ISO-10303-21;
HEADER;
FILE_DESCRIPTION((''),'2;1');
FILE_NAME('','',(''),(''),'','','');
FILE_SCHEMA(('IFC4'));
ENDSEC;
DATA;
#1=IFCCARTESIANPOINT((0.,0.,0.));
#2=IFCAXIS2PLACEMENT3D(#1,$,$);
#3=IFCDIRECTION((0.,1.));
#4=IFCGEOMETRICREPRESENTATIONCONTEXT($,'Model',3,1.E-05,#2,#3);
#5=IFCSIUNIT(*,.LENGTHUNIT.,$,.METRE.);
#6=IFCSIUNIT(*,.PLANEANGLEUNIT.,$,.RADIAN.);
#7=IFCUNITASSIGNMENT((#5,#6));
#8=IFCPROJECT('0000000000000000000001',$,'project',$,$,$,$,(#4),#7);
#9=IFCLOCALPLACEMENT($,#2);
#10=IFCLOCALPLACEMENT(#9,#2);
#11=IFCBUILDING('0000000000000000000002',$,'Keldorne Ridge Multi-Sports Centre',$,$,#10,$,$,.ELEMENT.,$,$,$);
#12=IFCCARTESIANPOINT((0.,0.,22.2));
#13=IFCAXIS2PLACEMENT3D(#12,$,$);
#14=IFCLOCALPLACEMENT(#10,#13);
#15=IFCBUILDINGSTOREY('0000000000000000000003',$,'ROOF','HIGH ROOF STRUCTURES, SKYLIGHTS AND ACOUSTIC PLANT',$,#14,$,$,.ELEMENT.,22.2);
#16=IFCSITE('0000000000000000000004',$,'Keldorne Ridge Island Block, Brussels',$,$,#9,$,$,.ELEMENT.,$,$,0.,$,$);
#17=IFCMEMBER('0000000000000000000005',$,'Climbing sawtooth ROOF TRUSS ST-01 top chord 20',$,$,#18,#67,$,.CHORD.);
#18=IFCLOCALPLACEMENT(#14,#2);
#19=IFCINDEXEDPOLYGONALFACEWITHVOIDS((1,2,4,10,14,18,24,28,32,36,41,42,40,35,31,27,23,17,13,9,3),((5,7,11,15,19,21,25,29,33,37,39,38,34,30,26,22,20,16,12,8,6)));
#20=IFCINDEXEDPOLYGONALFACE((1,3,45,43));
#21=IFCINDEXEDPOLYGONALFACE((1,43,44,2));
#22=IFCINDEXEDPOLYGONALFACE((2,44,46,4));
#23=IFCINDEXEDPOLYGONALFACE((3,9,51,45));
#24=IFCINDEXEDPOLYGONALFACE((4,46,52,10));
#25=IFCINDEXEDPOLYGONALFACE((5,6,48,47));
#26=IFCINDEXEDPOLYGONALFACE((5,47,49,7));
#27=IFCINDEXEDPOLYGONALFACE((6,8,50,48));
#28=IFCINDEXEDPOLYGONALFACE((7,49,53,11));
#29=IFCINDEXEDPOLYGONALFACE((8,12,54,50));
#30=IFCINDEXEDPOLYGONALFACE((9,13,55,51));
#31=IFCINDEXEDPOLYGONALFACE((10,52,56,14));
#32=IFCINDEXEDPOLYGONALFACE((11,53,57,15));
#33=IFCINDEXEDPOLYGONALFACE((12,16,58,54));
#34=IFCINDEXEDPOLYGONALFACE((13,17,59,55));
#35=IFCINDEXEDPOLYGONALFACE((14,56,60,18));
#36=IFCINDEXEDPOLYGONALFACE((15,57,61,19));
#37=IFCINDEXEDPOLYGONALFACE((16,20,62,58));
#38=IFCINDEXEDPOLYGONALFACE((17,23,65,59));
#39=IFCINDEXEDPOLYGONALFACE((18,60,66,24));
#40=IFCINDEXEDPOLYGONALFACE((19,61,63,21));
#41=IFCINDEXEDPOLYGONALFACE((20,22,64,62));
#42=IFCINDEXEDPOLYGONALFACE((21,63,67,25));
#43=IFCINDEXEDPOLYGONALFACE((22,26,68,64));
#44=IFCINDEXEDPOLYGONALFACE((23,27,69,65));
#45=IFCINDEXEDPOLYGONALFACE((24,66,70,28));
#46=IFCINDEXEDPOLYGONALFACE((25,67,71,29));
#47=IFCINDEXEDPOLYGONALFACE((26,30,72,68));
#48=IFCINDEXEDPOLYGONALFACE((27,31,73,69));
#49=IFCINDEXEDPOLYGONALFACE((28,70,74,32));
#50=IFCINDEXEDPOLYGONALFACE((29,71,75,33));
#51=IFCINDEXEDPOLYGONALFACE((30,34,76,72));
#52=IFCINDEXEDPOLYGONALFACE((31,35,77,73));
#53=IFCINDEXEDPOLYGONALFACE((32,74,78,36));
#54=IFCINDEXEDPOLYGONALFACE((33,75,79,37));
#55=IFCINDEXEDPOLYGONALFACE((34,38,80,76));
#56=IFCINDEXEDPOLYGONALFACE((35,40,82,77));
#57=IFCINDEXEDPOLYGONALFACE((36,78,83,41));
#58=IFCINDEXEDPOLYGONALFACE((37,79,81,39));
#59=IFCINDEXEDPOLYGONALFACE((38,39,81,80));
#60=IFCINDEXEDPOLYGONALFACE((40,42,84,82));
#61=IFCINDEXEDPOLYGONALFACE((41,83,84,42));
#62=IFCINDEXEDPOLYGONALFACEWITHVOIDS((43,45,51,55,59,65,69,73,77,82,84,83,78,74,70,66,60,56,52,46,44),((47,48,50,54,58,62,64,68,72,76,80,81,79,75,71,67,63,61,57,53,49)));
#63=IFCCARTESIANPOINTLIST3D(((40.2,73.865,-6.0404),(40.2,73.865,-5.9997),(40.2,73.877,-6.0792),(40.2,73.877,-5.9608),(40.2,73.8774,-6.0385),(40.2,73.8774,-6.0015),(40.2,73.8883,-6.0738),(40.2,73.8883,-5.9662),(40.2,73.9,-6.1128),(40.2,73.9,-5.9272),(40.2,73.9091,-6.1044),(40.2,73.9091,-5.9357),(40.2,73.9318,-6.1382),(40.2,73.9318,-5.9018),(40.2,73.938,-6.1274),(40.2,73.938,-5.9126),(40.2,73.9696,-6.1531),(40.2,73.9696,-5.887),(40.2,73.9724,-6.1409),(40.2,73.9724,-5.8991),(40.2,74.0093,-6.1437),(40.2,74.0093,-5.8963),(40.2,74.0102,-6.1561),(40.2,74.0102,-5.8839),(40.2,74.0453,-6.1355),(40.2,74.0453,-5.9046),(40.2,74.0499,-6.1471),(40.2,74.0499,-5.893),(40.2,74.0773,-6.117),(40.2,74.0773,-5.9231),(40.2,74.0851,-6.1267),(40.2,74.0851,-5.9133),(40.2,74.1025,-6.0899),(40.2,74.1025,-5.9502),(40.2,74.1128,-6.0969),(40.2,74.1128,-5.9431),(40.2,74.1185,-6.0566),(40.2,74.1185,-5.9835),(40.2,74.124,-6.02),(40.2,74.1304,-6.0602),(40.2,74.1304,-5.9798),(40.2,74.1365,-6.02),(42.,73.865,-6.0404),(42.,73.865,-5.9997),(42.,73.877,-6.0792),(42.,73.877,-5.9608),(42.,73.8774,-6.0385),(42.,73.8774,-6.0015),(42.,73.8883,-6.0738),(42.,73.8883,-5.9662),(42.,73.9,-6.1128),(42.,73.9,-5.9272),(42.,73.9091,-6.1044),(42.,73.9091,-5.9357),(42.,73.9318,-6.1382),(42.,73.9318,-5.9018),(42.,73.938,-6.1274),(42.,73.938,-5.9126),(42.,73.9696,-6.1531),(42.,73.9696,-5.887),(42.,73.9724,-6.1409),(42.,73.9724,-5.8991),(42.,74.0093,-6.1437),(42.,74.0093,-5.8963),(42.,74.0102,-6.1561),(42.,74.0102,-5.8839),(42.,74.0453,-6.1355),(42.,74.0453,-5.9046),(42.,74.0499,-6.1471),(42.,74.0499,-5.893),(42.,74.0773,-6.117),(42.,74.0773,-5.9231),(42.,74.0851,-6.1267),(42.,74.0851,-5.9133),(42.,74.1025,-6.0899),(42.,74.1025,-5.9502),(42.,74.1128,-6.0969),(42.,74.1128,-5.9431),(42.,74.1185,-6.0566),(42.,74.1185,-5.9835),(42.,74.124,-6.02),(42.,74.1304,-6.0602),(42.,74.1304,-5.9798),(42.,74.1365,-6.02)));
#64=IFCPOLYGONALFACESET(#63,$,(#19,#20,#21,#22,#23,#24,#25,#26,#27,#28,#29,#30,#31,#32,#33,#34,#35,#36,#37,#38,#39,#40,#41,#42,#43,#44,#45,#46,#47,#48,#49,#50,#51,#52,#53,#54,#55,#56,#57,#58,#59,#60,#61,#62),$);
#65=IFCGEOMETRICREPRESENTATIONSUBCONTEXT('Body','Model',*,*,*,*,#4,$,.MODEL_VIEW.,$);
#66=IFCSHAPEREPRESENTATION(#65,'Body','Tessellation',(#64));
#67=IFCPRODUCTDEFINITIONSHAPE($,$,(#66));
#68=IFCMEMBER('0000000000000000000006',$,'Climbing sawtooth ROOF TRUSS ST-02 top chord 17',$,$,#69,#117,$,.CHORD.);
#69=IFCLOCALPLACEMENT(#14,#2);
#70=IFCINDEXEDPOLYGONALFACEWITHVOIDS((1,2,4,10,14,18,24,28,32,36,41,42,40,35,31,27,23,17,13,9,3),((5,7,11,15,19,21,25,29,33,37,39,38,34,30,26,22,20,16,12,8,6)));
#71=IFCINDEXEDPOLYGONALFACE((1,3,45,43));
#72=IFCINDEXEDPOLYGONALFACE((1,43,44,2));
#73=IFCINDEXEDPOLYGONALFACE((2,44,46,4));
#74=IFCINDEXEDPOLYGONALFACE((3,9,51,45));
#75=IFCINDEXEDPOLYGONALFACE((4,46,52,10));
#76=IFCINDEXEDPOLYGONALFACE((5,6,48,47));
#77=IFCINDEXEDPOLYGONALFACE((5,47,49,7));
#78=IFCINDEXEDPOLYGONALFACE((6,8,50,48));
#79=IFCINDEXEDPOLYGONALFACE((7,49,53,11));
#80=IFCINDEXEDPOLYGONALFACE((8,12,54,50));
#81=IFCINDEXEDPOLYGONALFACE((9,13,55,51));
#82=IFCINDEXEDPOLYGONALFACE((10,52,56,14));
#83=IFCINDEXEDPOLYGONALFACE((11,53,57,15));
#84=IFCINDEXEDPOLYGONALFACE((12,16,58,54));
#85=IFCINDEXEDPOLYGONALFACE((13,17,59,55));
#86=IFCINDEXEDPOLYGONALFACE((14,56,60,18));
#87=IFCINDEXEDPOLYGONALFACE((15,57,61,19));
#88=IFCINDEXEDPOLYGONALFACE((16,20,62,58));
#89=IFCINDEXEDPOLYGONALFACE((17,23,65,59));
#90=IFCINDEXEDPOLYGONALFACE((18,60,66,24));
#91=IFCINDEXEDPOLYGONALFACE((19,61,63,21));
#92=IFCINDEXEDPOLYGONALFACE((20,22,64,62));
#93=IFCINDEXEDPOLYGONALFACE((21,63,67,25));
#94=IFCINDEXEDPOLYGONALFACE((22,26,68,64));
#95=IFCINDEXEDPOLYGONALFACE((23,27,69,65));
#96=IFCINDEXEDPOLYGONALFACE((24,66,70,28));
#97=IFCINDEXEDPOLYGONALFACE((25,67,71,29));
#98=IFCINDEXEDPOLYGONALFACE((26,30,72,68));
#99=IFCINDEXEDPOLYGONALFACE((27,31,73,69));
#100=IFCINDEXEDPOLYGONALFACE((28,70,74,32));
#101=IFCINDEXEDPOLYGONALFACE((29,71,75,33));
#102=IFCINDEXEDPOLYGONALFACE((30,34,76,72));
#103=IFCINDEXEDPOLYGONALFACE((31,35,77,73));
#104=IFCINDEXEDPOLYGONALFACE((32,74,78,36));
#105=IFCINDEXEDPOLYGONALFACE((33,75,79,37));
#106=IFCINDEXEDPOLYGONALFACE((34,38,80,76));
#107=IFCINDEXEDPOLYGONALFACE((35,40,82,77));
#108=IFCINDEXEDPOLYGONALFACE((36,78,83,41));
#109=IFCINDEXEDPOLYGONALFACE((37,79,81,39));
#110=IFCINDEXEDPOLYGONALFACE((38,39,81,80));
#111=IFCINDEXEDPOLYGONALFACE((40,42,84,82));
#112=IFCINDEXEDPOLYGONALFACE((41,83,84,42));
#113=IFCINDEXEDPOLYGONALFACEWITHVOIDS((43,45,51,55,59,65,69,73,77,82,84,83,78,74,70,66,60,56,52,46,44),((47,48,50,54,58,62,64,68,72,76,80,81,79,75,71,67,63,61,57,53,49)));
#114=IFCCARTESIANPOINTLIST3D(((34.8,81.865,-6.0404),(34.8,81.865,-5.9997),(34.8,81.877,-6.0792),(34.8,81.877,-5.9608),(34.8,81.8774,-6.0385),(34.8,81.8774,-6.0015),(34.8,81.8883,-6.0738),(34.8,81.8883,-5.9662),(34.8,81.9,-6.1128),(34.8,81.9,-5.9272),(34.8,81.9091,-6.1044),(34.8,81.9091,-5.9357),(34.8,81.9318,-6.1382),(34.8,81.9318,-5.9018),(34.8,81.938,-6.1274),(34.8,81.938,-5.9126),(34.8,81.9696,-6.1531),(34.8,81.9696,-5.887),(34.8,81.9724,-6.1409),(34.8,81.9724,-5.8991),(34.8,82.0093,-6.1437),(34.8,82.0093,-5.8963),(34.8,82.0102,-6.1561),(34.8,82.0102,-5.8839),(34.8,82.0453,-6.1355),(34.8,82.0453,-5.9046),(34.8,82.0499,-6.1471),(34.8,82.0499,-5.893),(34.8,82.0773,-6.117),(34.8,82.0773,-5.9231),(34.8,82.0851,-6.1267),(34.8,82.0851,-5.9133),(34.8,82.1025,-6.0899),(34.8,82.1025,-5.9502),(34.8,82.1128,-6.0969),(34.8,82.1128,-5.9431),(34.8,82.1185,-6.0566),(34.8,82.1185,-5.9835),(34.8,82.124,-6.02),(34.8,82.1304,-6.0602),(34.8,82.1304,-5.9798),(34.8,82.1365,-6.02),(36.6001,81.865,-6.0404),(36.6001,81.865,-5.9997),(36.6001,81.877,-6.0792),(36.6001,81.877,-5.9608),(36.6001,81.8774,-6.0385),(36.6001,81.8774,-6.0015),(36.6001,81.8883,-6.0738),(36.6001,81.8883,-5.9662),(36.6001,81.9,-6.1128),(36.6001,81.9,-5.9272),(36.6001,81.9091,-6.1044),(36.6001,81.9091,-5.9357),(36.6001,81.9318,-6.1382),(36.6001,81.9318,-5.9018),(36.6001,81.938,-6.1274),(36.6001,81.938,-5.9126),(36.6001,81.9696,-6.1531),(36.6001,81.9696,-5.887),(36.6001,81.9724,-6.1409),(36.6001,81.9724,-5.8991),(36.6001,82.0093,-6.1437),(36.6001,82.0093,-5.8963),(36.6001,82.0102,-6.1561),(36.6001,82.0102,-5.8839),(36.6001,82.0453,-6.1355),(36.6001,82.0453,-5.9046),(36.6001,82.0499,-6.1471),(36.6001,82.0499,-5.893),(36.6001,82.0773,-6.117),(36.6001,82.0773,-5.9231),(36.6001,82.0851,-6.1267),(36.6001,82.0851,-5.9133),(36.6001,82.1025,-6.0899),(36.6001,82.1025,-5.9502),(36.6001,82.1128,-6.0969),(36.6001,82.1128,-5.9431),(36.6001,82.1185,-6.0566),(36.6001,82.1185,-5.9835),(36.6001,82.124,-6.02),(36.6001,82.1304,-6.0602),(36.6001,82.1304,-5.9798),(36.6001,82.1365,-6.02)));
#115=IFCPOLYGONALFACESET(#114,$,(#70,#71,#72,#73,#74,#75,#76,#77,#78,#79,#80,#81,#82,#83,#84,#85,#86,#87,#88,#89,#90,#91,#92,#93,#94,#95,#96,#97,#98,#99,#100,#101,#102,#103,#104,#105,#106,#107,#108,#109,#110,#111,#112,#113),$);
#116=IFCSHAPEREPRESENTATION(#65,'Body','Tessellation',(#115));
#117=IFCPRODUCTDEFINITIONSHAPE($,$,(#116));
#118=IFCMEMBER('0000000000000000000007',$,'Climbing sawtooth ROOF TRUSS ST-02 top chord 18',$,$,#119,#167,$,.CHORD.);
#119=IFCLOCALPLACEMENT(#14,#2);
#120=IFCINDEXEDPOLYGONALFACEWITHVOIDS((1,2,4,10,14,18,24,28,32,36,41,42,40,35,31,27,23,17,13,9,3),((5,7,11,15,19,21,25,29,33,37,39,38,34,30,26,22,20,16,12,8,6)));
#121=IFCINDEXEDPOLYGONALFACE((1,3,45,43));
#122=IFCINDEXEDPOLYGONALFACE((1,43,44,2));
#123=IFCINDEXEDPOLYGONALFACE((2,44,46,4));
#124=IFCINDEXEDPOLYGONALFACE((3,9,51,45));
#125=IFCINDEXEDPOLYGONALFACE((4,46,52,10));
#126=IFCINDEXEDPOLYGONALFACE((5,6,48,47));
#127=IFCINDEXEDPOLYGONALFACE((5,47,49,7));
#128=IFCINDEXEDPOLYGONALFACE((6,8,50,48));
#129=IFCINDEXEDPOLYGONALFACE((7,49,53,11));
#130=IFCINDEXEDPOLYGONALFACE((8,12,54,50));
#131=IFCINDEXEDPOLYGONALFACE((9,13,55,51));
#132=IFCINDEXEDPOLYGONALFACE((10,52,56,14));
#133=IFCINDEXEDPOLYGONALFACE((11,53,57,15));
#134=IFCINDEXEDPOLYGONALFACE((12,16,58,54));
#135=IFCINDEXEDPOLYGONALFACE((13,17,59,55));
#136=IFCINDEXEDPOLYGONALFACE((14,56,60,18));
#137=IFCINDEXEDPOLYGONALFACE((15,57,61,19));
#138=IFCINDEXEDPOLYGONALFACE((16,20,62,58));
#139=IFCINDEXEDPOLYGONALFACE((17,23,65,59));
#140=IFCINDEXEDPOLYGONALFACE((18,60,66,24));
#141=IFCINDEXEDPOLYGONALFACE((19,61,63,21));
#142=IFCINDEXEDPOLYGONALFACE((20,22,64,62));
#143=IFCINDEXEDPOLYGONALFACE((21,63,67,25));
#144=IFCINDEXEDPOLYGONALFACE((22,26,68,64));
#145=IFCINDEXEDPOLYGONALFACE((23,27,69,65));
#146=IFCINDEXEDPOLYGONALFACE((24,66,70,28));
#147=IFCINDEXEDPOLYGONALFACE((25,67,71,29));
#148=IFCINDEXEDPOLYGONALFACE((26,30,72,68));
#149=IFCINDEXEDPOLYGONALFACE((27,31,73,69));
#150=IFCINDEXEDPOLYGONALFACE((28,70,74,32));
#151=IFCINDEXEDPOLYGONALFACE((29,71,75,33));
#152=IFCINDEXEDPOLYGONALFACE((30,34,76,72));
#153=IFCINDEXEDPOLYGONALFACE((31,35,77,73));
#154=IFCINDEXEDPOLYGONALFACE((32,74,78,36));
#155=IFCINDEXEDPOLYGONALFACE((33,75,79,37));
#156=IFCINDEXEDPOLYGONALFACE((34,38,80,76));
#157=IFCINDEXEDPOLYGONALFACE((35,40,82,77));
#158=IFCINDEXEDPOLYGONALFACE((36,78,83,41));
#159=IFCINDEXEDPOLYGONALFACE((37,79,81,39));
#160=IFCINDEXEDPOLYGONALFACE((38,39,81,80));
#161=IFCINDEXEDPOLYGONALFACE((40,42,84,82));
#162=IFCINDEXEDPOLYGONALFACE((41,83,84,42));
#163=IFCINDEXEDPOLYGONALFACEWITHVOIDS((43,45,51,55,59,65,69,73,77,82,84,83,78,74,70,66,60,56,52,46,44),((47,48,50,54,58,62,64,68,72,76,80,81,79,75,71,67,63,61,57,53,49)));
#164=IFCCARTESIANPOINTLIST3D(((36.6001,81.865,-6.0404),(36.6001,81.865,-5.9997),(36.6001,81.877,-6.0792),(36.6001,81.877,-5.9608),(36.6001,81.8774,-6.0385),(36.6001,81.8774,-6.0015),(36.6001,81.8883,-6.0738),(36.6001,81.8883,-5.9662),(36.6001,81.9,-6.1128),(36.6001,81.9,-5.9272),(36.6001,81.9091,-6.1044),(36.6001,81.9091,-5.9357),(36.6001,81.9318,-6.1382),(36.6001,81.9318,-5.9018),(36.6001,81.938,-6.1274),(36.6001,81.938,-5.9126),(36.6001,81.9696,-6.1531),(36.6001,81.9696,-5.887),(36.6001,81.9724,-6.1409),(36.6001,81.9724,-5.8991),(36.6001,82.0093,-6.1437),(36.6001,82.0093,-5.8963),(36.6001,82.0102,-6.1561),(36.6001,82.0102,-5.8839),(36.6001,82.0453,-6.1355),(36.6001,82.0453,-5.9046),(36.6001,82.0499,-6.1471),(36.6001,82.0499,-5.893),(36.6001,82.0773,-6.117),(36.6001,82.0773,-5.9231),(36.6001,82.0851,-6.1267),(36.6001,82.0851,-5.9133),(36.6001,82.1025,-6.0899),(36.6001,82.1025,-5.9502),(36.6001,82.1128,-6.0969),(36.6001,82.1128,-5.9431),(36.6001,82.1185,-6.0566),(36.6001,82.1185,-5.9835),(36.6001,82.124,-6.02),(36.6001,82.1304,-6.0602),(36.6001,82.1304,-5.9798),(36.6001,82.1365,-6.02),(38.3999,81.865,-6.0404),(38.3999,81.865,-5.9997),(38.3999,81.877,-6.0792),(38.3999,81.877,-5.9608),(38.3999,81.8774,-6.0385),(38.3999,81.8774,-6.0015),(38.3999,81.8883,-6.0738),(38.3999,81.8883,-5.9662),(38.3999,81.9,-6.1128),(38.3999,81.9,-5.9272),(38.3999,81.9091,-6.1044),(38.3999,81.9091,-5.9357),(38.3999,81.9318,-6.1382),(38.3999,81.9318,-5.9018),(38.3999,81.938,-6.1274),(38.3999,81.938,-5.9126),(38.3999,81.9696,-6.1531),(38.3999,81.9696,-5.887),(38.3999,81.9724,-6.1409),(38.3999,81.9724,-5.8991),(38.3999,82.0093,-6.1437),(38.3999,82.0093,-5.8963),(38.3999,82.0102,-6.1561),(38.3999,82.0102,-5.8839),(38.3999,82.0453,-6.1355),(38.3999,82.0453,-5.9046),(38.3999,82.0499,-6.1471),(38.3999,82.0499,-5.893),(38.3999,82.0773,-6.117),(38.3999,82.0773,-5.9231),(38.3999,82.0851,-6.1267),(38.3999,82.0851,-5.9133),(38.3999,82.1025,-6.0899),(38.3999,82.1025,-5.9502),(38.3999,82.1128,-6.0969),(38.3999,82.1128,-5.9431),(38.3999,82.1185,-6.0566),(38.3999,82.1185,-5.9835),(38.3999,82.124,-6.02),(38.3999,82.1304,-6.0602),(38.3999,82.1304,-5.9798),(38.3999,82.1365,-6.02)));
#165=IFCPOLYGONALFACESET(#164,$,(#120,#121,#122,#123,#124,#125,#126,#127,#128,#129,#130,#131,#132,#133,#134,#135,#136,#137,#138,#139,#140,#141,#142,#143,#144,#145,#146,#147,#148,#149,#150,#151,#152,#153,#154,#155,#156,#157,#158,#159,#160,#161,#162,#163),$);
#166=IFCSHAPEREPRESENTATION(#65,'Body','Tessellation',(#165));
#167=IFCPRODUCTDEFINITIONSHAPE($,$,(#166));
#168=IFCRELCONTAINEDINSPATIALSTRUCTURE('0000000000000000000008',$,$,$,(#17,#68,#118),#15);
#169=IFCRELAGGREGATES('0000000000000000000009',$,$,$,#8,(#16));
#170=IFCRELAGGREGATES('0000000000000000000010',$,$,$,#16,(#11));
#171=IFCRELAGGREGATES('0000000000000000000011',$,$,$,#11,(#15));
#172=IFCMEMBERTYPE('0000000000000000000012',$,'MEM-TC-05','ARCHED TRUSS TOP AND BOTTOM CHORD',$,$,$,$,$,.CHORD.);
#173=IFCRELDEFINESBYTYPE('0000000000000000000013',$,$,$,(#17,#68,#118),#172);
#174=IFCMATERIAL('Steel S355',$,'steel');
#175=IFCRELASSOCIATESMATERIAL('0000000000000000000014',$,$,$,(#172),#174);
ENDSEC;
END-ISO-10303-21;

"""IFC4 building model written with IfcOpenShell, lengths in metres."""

from ifc_helpers import new_model, si_unit, direction, frame, origin, origin_2d, place, context, subcontext, project, spatial, hollow_circle, extrude, material, material_profile, profile_set, type_object, element, save


model = new_model("IFC4")

# Units and contexts
model_context = context("Model", 3, precision=1e-05, world=origin(), true_north=direction((0.0, 1.0)))
body_context = subcontext(model_context, "Body", "Model", "MODEL_VIEW")
ifc_project = project(units=[si_unit("LENGTHUNIT", "METRE"), si_unit("PLANEANGLEUNIT", "RADIAN")], contexts=[model_context])

# Site, building, storey
site_placement = place(None, origin())
site = spatial("IfcSite", under=ifc_project, at=site_placement, Name="Keldorne Ridge Island Block, Brussels", CompositionType="ELEMENT", RefElevation=0.0)
building_placement = place(site_placement, origin())
building = spatial("IfcBuilding", under=site, at=building_placement, Name="Keldorne Ridge Multi-Sports Centre", CompositionType="ELEMENT")
storey_placement = place(building_placement, frame((0.0, 0.0, 22.2)))
storey = spatial("IfcBuildingStorey", under=building, at=storey_placement, Name="ROOF", Description="HIGH ROOF STRUCTURES, SKYLIGHTS AND ACOUSTIC PLANT", CompositionType="ELEMENT", Elevation=22.2)

# Shared definitions
ifc_material_1 = material(Name="Steel S355", Category="steel")

# Members
ifc_material_profile_1 = material_profile(ifc_material_1, hollow_circle(Radius=0.1365, WallThickness=0.0125, at=origin_2d()), Name="CHS 273x12.5")
ifc_profile_set_1 = profile_set([ifc_material_profile_1], Name="Steel S355")
member_type_1 = type_object("IfcMemberType", Name="MEM-TC-05", Description="ARCHED TRUSS TOP AND BOTTOM CHORD", PredefinedType="CHORD", material=ifc_profile_set_1)
for number, where, z_axis, x_axis, name in (
    (1, (40.2, 74.0, -6.02), (1.0, 0.0, 0.0), (0.0, 1.0, 0.0), "Climbing sawtooth ROOF TRUSS ST-01 top chord 20"),
    (2, (34.8, 82.0, -6.02), (1.0, 0.0, 0.0), (0.0, 1.0, 0.0), "Climbing sawtooth ROOF TRUSS ST-02 top chord 17"),
):
    element("IfcMember", number, at=place(storey_placement, frame(where, z_axis=z_axis, x_axis=x_axis)), inside=storey, type_object=member_type_1, Name=name, PredefinedType="CHORD", context=body_context, shape_type="SweptSolid", body=[
        extrude(hollow_circle(Radius=0.1365, WallThickness=0.0125, at=origin_2d()), origin(), (0.0, 0.0, 1.0), 1.8),
    ])
member_1_placement = place(storey_placement, frame((36.6001, 82.0, -6.02), z_axis=(1.0, 0.0, 0.0), x_axis=(0.0, 1.0, 0.0)))
element("IfcMember", 3, at=member_1_placement, inside=storey, type_object=member_type_1, Name="Climbing sawtooth ROOF TRUSS ST-02 top chord 18", PredefinedType="CHORD", context=body_context, shape_type="SweptSolid", body=[
    extrude(hollow_circle(Radius=0.1365, WallThickness=0.0125, at=origin_2d()), origin(), (0.0, 0.0, 1.0), 1.7998),
])

save(model, "model.ifc")
